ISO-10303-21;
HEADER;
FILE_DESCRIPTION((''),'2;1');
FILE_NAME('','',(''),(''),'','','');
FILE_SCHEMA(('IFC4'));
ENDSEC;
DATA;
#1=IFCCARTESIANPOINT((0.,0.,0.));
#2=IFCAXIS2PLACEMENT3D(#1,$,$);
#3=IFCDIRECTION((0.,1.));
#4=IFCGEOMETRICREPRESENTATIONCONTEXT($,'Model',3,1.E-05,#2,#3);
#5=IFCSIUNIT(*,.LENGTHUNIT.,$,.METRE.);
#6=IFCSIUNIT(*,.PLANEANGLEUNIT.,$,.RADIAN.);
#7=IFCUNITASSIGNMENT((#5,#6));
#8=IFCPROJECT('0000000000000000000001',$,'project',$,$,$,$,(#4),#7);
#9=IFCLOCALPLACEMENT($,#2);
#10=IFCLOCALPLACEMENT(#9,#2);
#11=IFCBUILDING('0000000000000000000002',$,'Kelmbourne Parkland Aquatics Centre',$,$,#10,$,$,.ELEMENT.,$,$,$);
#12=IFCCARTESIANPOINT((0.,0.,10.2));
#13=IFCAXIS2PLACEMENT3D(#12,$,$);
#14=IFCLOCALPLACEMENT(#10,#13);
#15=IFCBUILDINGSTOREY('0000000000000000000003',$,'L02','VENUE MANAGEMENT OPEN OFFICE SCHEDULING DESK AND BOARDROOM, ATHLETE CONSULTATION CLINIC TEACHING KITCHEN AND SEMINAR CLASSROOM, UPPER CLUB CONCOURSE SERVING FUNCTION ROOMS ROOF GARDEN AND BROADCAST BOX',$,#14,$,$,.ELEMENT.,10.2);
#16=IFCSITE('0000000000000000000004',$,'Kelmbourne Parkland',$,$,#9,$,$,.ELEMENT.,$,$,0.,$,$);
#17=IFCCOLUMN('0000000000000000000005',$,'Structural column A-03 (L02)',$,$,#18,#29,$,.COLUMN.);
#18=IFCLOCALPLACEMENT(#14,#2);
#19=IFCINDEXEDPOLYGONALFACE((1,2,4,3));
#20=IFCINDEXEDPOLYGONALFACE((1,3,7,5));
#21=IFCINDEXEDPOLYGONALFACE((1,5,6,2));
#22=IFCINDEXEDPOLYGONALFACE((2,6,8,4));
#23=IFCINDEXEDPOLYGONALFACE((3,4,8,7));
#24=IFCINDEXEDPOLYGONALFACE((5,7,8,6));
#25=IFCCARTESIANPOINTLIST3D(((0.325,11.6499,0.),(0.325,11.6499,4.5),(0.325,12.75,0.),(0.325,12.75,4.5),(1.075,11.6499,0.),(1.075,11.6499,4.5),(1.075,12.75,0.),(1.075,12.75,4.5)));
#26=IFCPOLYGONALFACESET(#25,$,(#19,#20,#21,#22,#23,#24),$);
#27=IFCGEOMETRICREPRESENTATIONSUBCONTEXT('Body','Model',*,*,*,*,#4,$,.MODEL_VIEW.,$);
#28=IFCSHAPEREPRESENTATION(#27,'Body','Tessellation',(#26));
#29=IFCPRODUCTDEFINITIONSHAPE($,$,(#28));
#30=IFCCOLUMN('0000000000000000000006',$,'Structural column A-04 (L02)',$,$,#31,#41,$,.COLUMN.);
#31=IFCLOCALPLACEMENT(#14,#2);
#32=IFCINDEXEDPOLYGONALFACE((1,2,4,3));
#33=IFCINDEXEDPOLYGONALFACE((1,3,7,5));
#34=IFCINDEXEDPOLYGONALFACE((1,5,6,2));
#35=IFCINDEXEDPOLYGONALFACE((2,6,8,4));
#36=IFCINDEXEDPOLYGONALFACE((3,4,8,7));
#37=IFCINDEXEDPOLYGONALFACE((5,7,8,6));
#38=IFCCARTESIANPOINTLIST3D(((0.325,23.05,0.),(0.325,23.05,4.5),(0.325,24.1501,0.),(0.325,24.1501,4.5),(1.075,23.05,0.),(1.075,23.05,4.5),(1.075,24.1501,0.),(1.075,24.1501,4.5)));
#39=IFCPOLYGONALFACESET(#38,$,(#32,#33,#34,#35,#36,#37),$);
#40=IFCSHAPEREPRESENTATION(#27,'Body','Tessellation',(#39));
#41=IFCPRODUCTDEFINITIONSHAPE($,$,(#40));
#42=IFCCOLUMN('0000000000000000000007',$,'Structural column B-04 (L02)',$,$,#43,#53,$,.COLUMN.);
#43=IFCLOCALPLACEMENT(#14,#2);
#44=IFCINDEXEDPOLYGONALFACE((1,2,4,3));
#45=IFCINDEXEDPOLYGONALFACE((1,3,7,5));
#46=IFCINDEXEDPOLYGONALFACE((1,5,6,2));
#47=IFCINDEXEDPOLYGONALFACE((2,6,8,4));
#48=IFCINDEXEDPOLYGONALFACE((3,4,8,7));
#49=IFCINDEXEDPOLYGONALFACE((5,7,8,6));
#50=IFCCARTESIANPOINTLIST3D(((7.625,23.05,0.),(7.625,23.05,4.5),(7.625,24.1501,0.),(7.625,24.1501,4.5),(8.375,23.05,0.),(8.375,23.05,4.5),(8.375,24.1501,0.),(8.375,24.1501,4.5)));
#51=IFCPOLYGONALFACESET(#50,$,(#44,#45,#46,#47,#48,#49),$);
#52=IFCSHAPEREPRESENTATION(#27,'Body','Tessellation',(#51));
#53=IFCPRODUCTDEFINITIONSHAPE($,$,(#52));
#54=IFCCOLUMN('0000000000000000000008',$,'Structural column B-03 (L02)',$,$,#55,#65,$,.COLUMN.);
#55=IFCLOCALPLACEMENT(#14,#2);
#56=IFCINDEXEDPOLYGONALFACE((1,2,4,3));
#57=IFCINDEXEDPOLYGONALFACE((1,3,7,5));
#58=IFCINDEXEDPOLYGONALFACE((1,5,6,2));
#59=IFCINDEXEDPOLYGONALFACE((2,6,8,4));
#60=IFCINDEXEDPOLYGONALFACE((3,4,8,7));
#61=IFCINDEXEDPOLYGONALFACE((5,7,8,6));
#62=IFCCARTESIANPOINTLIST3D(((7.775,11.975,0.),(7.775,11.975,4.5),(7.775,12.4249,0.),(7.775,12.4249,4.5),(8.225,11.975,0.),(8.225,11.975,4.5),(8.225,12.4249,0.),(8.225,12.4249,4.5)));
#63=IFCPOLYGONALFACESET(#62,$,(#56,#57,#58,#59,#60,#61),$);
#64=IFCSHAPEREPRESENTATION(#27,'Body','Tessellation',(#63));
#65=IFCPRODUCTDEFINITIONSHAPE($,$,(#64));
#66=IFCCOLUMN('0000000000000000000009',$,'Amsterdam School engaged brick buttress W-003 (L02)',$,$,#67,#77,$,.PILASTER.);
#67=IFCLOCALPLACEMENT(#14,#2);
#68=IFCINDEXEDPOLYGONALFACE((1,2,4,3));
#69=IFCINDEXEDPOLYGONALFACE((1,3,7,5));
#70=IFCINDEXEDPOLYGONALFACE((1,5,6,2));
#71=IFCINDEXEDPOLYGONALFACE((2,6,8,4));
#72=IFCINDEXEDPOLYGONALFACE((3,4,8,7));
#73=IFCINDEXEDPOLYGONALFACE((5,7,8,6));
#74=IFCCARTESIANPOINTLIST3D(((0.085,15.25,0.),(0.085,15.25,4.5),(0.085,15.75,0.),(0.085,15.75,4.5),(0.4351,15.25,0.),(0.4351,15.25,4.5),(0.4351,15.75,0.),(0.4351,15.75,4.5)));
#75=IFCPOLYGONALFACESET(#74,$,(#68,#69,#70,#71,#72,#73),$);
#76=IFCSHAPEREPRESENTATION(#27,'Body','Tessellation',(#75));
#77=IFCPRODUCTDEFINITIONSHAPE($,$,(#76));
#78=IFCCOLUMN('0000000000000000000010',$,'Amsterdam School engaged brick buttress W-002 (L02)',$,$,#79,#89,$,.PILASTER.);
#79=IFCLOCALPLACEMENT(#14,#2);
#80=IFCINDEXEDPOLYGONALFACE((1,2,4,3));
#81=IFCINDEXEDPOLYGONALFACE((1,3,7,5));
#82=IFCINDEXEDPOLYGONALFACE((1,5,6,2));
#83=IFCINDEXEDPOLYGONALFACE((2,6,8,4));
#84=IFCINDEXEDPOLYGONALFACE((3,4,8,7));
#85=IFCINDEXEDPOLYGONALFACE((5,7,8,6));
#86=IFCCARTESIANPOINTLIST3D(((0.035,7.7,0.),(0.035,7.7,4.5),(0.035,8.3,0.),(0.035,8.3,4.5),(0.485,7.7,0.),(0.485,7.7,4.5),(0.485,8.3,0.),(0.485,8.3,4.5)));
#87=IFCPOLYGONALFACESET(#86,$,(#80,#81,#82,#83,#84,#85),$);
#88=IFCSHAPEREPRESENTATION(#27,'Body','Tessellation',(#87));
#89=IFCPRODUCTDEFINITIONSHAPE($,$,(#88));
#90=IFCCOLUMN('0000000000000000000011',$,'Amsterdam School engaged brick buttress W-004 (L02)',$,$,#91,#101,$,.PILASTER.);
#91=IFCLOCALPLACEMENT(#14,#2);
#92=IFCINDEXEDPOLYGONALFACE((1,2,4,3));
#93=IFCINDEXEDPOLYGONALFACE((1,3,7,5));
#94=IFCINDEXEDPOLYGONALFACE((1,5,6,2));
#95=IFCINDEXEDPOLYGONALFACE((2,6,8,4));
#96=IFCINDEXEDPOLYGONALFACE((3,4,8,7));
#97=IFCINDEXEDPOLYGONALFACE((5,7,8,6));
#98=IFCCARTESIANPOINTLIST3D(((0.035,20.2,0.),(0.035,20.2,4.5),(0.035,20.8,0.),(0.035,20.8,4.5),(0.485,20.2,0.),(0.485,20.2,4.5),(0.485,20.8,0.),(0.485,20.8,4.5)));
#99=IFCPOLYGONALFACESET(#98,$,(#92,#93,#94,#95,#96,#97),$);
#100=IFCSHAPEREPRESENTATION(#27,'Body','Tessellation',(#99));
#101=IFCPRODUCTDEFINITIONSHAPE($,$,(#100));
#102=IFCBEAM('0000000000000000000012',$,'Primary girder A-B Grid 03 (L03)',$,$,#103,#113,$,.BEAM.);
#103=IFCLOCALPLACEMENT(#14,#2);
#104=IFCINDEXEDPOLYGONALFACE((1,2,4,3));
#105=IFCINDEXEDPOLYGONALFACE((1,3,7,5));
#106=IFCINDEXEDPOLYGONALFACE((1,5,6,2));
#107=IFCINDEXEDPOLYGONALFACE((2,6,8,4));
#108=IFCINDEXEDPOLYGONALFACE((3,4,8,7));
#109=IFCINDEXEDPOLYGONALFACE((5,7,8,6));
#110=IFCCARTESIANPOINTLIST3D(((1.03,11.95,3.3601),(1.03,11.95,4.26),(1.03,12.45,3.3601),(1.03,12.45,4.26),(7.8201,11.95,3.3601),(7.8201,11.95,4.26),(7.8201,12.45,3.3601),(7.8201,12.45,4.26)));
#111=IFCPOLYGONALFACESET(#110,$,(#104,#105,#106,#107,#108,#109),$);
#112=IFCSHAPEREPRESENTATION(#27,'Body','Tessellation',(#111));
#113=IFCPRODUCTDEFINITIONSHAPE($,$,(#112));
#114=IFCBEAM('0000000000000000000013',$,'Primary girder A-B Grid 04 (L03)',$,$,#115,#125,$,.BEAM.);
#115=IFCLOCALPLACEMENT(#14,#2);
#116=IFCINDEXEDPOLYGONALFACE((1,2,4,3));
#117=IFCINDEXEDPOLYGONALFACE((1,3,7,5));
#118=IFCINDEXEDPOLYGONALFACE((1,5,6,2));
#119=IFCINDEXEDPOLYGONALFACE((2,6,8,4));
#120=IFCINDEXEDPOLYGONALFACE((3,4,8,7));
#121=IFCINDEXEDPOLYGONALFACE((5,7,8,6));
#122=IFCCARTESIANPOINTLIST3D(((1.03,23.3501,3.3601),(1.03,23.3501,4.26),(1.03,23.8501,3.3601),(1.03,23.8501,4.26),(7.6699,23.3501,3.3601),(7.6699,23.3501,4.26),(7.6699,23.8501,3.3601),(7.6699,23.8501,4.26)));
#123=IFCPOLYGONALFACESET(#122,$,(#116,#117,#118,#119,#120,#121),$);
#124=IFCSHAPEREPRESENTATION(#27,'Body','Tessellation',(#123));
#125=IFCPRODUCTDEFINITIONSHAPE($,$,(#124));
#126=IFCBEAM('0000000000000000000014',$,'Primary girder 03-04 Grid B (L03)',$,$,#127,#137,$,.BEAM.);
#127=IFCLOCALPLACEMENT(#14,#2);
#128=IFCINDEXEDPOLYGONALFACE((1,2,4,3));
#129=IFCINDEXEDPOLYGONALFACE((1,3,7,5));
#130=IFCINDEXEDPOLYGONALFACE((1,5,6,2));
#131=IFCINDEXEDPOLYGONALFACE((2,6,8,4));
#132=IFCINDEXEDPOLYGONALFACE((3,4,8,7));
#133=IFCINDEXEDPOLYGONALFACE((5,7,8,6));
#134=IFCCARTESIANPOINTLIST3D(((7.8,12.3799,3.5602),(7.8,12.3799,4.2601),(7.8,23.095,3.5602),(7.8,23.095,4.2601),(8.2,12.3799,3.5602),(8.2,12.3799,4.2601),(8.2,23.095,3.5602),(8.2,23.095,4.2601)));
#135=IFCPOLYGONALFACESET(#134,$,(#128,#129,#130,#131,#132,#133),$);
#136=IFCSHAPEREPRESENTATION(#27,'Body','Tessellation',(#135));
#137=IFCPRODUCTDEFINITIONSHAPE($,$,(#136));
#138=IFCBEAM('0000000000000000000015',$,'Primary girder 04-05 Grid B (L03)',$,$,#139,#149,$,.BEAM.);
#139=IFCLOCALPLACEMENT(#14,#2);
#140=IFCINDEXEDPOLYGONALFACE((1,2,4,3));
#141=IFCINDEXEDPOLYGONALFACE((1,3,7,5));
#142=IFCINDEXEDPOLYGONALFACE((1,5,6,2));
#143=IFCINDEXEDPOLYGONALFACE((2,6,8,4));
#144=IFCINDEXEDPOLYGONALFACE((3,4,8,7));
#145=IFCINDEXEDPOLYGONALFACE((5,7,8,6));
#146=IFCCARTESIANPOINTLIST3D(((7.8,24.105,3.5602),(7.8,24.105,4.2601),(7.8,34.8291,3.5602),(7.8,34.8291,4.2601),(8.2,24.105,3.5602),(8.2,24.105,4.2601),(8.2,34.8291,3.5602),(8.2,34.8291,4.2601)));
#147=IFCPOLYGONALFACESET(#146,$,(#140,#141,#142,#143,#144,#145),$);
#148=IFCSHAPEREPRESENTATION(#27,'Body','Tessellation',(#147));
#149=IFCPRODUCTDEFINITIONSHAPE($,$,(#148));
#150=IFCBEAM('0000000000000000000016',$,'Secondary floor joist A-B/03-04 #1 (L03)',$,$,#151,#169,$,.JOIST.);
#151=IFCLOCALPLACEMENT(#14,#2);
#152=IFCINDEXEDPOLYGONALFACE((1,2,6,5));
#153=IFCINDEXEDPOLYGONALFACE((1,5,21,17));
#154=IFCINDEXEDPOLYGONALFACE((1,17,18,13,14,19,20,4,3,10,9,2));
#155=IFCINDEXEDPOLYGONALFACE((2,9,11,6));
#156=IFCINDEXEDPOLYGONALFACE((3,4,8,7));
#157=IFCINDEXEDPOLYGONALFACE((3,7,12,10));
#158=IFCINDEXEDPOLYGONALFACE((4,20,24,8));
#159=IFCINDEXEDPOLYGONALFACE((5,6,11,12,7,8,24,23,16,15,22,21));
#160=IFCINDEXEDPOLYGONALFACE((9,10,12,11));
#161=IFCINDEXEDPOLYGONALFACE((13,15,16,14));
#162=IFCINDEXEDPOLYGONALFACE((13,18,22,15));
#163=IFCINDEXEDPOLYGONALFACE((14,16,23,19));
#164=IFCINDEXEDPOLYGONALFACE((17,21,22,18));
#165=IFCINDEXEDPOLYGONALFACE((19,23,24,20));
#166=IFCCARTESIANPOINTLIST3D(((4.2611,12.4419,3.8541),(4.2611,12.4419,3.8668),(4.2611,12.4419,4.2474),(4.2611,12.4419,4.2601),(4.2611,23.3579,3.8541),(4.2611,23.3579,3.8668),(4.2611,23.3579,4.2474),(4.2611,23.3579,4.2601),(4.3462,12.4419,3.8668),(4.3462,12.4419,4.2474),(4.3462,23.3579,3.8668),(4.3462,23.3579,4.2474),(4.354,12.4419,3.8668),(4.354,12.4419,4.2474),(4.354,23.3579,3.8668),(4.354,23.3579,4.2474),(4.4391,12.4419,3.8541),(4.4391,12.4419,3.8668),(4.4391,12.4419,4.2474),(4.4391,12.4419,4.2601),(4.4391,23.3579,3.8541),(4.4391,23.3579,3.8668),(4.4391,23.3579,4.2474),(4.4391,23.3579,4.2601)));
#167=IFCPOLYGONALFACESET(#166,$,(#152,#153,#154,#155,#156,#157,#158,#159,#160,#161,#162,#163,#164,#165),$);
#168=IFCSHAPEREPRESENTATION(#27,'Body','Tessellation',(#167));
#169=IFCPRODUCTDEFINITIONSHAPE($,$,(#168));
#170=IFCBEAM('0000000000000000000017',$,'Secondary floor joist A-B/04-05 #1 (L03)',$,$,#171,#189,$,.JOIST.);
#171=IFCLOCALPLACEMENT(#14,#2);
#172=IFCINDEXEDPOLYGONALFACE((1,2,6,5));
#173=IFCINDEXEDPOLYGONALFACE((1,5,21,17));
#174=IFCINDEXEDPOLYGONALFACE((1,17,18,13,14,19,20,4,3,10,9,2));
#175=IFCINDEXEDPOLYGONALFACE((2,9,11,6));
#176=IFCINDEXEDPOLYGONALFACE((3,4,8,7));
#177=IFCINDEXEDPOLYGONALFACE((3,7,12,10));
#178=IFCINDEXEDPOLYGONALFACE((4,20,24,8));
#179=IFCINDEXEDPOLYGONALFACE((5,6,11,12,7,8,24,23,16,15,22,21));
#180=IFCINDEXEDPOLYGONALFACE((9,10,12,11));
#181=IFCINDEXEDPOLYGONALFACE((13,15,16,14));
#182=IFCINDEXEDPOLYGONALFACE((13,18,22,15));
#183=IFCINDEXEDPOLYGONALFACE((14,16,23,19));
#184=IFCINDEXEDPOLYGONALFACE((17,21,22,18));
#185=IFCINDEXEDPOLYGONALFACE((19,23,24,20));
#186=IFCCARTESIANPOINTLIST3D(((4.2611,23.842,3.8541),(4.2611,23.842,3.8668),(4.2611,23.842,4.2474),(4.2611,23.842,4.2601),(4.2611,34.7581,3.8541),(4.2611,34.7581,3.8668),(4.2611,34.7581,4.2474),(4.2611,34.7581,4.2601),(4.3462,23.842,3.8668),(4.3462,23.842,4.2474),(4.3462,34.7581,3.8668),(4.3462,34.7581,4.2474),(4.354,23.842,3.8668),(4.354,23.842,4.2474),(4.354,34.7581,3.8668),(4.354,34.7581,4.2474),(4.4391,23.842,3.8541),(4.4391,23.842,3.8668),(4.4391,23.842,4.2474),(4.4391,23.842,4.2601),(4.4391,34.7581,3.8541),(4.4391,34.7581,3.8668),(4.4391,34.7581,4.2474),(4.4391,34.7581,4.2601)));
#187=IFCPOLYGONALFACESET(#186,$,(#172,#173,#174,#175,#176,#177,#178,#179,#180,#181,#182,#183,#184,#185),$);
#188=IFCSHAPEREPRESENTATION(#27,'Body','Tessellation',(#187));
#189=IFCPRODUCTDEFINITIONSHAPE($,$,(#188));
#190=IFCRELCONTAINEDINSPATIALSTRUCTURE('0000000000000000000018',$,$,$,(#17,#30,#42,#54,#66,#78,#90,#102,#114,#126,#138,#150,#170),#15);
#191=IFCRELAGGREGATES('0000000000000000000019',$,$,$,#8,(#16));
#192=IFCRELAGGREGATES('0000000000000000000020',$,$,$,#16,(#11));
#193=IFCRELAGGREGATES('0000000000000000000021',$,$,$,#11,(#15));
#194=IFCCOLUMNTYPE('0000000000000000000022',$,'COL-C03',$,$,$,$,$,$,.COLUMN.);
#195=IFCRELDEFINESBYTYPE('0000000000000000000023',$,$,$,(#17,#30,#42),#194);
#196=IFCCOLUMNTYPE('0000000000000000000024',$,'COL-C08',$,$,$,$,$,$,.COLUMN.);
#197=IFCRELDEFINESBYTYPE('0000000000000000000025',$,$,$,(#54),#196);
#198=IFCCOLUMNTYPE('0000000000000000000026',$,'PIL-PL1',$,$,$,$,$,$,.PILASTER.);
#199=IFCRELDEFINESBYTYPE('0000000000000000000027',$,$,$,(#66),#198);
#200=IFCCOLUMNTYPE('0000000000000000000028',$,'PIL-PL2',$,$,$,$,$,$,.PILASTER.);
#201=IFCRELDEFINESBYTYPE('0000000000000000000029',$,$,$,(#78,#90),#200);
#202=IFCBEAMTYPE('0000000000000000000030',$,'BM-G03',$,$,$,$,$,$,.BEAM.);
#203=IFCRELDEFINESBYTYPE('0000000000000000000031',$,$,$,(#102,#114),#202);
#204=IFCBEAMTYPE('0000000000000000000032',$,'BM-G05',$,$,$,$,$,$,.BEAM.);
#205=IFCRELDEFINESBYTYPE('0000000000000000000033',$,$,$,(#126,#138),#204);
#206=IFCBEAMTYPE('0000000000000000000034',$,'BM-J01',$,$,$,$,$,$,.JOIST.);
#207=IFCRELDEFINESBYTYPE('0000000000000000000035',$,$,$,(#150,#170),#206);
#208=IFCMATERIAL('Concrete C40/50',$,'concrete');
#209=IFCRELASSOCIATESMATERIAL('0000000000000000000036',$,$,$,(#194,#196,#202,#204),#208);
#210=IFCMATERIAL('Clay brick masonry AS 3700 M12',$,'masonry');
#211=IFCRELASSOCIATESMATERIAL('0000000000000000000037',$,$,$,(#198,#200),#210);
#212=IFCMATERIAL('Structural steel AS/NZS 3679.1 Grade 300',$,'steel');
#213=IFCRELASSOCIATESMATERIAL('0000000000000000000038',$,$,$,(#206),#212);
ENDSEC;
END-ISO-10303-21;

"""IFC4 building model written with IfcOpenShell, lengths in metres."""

from ifc_helpers import new_model, si_unit, direction, frame, origin, origin_2d, place, context, subcontext, project, spatial, rectangle, i_section, extrude, material, material_profile, profile_set, type_object, element, save


model = new_model("IFC4")

# Units and contexts
model_context = context("Model", 3, precision=1e-05, world=origin(), true_north=direction((0.0, 1.0)))
body_context = subcontext(model_context, "Body", "Model", "MODEL_VIEW")
ifc_project = project(units=[si_unit("LENGTHUNIT", "METRE"), si_unit("PLANEANGLEUNIT", "RADIAN")], contexts=[model_context])

# Site, building, storey
site_placement = place(None, origin())
site = spatial("IfcSite", under=ifc_project, at=site_placement, Name="Kelmbourne Parkland", CompositionType="ELEMENT", RefElevation=0.0)
building_placement = place(site_placement, origin())
building = spatial("IfcBuilding", under=site, at=building_placement, Name="Kelmbourne Parkland Aquatics Centre", CompositionType="ELEMENT")
storey_placement = place(building_placement, frame((0.0, 0.0, 10.2)))
storey = spatial("IfcBuildingStorey", under=building, at=storey_placement, Name="L02", Description="VENUE MANAGEMENT OPEN OFFICE SCHEDULING DESK AND BOARDROOM, ATHLETE CONSULTATION CLINIC TEACHING KITCHEN AND SEMINAR CLASSROOM, UPPER CLUB CONCOURSE SERVING FUNCTION ROOMS ROOF GARDEN AND BROADCAST BOX", CompositionType="ELEMENT", Elevation=10.2)

# Columns
ifc_material_1 = material(Name="Concrete C40/50", Category="concrete")
ifc_material_profile_1 = material_profile(ifc_material_1, rectangle(XDim=0.75, YDim=1.1001, at=origin_2d()), Name="RC 750x1100")
ifc_profile_set_1 = profile_set([ifc_material_profile_1], Name="Concrete C40/50")
column_type_1 = type_object("IfcColumnType", Name="COL-C03", PredefinedType="COLUMN", material=ifc_profile_set_1)
for number, where, z_axis, x_axis, name in (
    (1, (0.7, 12.2, 0.0), (0.0, 0.0, 1.0), (1.0, 0.0, 0.0), "Structural column A-03 (L02)"),
    (2, (0.7, 23.6001, 0.0), (0.0, 0.0, 1.0), (1.0, 0.0, 0.0), "Structural column A-04 (L02)"),
    (3, (8.0, 23.6001, 0.0), (0.0, 0.0, 1.0), (1.0, 0.0, 0.0), "Structural column B-04 (L02)"),
):
    element("IfcColumn", number, at=place(storey_placement, frame(where, z_axis=z_axis, x_axis=x_axis)), inside=storey, type_object=column_type_1, Name=name, PredefinedType="COLUMN", context=body_context, shape_type="SweptSolid", body=[
        extrude(rectangle(XDim=0.75, YDim=1.1001, at=origin_2d()), origin(), (0.0, 0.0, 1.0), 4.5),
    ])
ifc_material_profile_2 = material_profile(ifc_material_1, rectangle(XDim=0.45, YDim=0.45, at=origin_2d()), Name="RC 450x450")
ifc_profile_set_2 = profile_set([ifc_material_profile_2], Name="Concrete C40/50")
column_type_2 = type_object("IfcColumnType", Name="COL-C08", PredefinedType="COLUMN", material=ifc_profile_set_2)
column_1_placement = place(storey_placement, frame((8.0, 12.2, 0.0), z_axis=(0.0, 0.0, 1.0), x_axis=(1.0, 0.0, 0.0)))
element("IfcColumn", 4, at=column_1_placement, inside=storey, type_object=column_type_2, Name="Structural column B-03 (L02)", PredefinedType="COLUMN", context=body_context, shape_type="SweptSolid", body=[
    extrude(rectangle(XDim=0.45, YDim=0.45, at=origin_2d()), origin(), (0.0, 0.0, 1.0), 4.5),
])
ifc_material_2 = material(Name="Clay brick masonry AS 3700 M12", Category="masonry")
ifc_material_profile_3 = material_profile(ifc_material_2, rectangle(XDim=0.3501, YDim=0.5, at=origin_2d()), Name="PIL 350x500")
ifc_profile_set_3 = profile_set([ifc_material_profile_3], Name="Clay brick masonry AS 3700 M12")
column_type_3 = type_object("IfcColumnType", Name="PIL-PL1", PredefinedType="PILASTER", material=ifc_profile_set_3)
column_2_placement = place(storey_placement, frame((0.26, 15.5, 0.0), z_axis=(0.0, 0.0, 1.0), x_axis=(1.0, 0.0, 0.0)))
element("IfcColumn", 5, at=column_2_placement, inside=storey, type_object=column_type_3, Name="Amsterdam School engaged brick buttress W-003 (L02)", PredefinedType="PILASTER", context=body_context, shape_type="SweptSolid", body=[
    extrude(rectangle(XDim=0.3501, YDim=0.5, at=origin_2d()), origin(), (0.0, 0.0, 1.0), 4.5),
])
ifc_material_profile_4 = material_profile(ifc_material_2, rectangle(XDim=0.45, YDim=0.6001, at=origin_2d()), Name="PIL 450x600")
ifc_profile_set_4 = profile_set([ifc_material_profile_4], Name="Clay brick masonry AS 3700 M12")
column_type_4 = type_object("IfcColumnType", Name="PIL-PL2", PredefinedType="PILASTER", material=ifc_profile_set_4)
for number, where, z_axis, x_axis, name in (
    (6, (0.26, 8.0, 0.0), (0.0, 0.0, 1.0), (1.0, 0.0, 0.0), "Amsterdam School engaged brick buttress W-002 (L02)"),
    (7, (0.26, 20.5, 0.0), (0.0, 0.0, 1.0), (1.0, 0.0, 0.0), "Amsterdam School engaged brick buttress W-004 (L02)"),
):
    element("IfcColumn", number, at=place(storey_placement, frame(where, z_axis=z_axis, x_axis=x_axis)), inside=storey, type_object=column_type_4, Name=name, PredefinedType="PILASTER", context=body_context, shape_type="SweptSolid", body=[
        extrude(rectangle(XDim=0.45, YDim=0.6001, at=origin_2d()), origin(), (0.0, 0.0, 1.0), 4.5),
    ])

# Beams
ifc_material_profile_5 = material_profile(ifc_material_1, rectangle(XDim=0.5, YDim=0.8999, at=origin_2d()), Name="RC 500x900")
ifc_profile_set_5 = profile_set([ifc_material_profile_5], Name="Concrete C40/50")
beam_type_1 = type_object("IfcBeamType", Name="BM-G03", PredefinedType="BEAM", material=ifc_profile_set_5)
beam_1_placement = place(storey_placement, frame((1.03, 12.2, 3.8101), z_axis=(1.0, 0.0, 0.0), x_axis=(0.0, 1.0, 0.0)))
element("IfcBeam", 8, at=beam_1_placement, inside=storey, type_object=beam_type_1, Name="Primary girder A-B Grid 03 (L03)", PredefinedType="BEAM", context=body_context, shape_type="SweptSolid", body=[
    extrude(rectangle(XDim=0.5, YDim=0.8999, at=origin_2d()), origin(), (0.0, 0.0, 1.0), 6.79),
])
beam_2_placement = place(storey_placement, frame((1.03, 23.6001, 3.8101), z_axis=(1.0, 0.0, 0.0), x_axis=(0.0, 1.0, 0.0)))
element("IfcBeam", 9, at=beam_2_placement, inside=storey, type_object=beam_type_1, Name="Primary girder A-B Grid 04 (L03)", PredefinedType="BEAM", context=body_context, shape_type="SweptSolid", body=[
    extrude(rectangle(XDim=0.5, YDim=0.8999, at=origin_2d()), origin(), (0.0, 0.0, 1.0), 6.6399),
])
ifc_material_profile_6 = material_profile(ifc_material_1, rectangle(XDim=0.3999, YDim=0.7, at=origin_2d()), Name="RC 400x700")
ifc_profile_set_6 = profile_set([ifc_material_profile_6], Name="Concrete C40/50")
beam_type_2 = type_object("IfcBeamType", Name="BM-G05", PredefinedType="BEAM", material=ifc_profile_set_6)
beam_3_placement = place(storey_placement, frame((8.0, 12.3799, 3.9102), z_axis=(0.0, 1.0, 0.0), x_axis=(-1.0, 0.0, 0.0)))
element("IfcBeam", 10, at=beam_3_placement, inside=storey, type_object=beam_type_2, Name="Primary girder 03-04 Grid B (L03)", PredefinedType="BEAM", context=body_context, shape_type="SweptSolid", body=[
    extrude(rectangle(XDim=0.3999, YDim=0.7, at=origin_2d()), origin(), (0.0, 0.0, 1.0), 10.7151),
])
beam_4_placement = place(storey_placement, frame((8.0, 24.105, 3.9102), z_axis=(0.0, 1.0, 0.0), x_axis=(-1.0, 0.0, 0.0)))
element("IfcBeam", 11, at=beam_4_placement, inside=storey, type_object=beam_type_2, Name="Primary girder 04-05 Grid B (L03)", PredefinedType="BEAM", context=body_context, shape_type="SweptSolid", body=[
    extrude(rectangle(XDim=0.3999, YDim=0.7, at=origin_2d()), origin(), (0.0, 0.0, 1.0), 10.7241),
])
ifc_material_3 = material(Name="Structural steel AS/NZS 3679.1 Grade 300", Category="steel")
ifc_material_profile_7 = material_profile(ifc_material_3, i_section(OverallWidth=0.178, OverallDepth=0.406, WebThickness=0.0078, FlangeThickness=0.0127, at=origin_2d()), Name="410UB59.7")
ifc_profile_set_7 = profile_set([ifc_material_profile_7], Name="Structural steel AS/NZS 3679.1 Grade 300")
beam_type_3 = type_object("IfcBeamType", Name="BM-J01", PredefinedType="JOIST", material=ifc_profile_set_7)
for number, where, z_axis, x_axis, name in (
    (12, (4.3501, 12.4419, 4.0571), (0.0, 1.0, 0.0), (-1.0, 0.0, 0.0), "Secondary floor joist A-B/03-04 #1 (L03)"),
    (13, (4.3501, 23.842, 4.0571), (0.0, 1.0, 0.0), (-1.0, 0.0, 0.0), "Secondary floor joist A-B/04-05 #1 (L03)"),
):
    element("IfcBeam", number, at=place(storey_placement, frame(where, z_axis=z_axis, x_axis=x_axis)), inside=storey, type_object=beam_type_3, Name=name, PredefinedType="JOIST", context=body_context, shape_type="SweptSolid", body=[
        extrude(i_section(OverallWidth=0.178, OverallDepth=0.406, WebThickness=0.0078, FlangeThickness=0.0127, at=origin_2d()), origin(), (0.0, 0.0, 1.0), 10.916),
    ])

save(model, "model.ifc")
